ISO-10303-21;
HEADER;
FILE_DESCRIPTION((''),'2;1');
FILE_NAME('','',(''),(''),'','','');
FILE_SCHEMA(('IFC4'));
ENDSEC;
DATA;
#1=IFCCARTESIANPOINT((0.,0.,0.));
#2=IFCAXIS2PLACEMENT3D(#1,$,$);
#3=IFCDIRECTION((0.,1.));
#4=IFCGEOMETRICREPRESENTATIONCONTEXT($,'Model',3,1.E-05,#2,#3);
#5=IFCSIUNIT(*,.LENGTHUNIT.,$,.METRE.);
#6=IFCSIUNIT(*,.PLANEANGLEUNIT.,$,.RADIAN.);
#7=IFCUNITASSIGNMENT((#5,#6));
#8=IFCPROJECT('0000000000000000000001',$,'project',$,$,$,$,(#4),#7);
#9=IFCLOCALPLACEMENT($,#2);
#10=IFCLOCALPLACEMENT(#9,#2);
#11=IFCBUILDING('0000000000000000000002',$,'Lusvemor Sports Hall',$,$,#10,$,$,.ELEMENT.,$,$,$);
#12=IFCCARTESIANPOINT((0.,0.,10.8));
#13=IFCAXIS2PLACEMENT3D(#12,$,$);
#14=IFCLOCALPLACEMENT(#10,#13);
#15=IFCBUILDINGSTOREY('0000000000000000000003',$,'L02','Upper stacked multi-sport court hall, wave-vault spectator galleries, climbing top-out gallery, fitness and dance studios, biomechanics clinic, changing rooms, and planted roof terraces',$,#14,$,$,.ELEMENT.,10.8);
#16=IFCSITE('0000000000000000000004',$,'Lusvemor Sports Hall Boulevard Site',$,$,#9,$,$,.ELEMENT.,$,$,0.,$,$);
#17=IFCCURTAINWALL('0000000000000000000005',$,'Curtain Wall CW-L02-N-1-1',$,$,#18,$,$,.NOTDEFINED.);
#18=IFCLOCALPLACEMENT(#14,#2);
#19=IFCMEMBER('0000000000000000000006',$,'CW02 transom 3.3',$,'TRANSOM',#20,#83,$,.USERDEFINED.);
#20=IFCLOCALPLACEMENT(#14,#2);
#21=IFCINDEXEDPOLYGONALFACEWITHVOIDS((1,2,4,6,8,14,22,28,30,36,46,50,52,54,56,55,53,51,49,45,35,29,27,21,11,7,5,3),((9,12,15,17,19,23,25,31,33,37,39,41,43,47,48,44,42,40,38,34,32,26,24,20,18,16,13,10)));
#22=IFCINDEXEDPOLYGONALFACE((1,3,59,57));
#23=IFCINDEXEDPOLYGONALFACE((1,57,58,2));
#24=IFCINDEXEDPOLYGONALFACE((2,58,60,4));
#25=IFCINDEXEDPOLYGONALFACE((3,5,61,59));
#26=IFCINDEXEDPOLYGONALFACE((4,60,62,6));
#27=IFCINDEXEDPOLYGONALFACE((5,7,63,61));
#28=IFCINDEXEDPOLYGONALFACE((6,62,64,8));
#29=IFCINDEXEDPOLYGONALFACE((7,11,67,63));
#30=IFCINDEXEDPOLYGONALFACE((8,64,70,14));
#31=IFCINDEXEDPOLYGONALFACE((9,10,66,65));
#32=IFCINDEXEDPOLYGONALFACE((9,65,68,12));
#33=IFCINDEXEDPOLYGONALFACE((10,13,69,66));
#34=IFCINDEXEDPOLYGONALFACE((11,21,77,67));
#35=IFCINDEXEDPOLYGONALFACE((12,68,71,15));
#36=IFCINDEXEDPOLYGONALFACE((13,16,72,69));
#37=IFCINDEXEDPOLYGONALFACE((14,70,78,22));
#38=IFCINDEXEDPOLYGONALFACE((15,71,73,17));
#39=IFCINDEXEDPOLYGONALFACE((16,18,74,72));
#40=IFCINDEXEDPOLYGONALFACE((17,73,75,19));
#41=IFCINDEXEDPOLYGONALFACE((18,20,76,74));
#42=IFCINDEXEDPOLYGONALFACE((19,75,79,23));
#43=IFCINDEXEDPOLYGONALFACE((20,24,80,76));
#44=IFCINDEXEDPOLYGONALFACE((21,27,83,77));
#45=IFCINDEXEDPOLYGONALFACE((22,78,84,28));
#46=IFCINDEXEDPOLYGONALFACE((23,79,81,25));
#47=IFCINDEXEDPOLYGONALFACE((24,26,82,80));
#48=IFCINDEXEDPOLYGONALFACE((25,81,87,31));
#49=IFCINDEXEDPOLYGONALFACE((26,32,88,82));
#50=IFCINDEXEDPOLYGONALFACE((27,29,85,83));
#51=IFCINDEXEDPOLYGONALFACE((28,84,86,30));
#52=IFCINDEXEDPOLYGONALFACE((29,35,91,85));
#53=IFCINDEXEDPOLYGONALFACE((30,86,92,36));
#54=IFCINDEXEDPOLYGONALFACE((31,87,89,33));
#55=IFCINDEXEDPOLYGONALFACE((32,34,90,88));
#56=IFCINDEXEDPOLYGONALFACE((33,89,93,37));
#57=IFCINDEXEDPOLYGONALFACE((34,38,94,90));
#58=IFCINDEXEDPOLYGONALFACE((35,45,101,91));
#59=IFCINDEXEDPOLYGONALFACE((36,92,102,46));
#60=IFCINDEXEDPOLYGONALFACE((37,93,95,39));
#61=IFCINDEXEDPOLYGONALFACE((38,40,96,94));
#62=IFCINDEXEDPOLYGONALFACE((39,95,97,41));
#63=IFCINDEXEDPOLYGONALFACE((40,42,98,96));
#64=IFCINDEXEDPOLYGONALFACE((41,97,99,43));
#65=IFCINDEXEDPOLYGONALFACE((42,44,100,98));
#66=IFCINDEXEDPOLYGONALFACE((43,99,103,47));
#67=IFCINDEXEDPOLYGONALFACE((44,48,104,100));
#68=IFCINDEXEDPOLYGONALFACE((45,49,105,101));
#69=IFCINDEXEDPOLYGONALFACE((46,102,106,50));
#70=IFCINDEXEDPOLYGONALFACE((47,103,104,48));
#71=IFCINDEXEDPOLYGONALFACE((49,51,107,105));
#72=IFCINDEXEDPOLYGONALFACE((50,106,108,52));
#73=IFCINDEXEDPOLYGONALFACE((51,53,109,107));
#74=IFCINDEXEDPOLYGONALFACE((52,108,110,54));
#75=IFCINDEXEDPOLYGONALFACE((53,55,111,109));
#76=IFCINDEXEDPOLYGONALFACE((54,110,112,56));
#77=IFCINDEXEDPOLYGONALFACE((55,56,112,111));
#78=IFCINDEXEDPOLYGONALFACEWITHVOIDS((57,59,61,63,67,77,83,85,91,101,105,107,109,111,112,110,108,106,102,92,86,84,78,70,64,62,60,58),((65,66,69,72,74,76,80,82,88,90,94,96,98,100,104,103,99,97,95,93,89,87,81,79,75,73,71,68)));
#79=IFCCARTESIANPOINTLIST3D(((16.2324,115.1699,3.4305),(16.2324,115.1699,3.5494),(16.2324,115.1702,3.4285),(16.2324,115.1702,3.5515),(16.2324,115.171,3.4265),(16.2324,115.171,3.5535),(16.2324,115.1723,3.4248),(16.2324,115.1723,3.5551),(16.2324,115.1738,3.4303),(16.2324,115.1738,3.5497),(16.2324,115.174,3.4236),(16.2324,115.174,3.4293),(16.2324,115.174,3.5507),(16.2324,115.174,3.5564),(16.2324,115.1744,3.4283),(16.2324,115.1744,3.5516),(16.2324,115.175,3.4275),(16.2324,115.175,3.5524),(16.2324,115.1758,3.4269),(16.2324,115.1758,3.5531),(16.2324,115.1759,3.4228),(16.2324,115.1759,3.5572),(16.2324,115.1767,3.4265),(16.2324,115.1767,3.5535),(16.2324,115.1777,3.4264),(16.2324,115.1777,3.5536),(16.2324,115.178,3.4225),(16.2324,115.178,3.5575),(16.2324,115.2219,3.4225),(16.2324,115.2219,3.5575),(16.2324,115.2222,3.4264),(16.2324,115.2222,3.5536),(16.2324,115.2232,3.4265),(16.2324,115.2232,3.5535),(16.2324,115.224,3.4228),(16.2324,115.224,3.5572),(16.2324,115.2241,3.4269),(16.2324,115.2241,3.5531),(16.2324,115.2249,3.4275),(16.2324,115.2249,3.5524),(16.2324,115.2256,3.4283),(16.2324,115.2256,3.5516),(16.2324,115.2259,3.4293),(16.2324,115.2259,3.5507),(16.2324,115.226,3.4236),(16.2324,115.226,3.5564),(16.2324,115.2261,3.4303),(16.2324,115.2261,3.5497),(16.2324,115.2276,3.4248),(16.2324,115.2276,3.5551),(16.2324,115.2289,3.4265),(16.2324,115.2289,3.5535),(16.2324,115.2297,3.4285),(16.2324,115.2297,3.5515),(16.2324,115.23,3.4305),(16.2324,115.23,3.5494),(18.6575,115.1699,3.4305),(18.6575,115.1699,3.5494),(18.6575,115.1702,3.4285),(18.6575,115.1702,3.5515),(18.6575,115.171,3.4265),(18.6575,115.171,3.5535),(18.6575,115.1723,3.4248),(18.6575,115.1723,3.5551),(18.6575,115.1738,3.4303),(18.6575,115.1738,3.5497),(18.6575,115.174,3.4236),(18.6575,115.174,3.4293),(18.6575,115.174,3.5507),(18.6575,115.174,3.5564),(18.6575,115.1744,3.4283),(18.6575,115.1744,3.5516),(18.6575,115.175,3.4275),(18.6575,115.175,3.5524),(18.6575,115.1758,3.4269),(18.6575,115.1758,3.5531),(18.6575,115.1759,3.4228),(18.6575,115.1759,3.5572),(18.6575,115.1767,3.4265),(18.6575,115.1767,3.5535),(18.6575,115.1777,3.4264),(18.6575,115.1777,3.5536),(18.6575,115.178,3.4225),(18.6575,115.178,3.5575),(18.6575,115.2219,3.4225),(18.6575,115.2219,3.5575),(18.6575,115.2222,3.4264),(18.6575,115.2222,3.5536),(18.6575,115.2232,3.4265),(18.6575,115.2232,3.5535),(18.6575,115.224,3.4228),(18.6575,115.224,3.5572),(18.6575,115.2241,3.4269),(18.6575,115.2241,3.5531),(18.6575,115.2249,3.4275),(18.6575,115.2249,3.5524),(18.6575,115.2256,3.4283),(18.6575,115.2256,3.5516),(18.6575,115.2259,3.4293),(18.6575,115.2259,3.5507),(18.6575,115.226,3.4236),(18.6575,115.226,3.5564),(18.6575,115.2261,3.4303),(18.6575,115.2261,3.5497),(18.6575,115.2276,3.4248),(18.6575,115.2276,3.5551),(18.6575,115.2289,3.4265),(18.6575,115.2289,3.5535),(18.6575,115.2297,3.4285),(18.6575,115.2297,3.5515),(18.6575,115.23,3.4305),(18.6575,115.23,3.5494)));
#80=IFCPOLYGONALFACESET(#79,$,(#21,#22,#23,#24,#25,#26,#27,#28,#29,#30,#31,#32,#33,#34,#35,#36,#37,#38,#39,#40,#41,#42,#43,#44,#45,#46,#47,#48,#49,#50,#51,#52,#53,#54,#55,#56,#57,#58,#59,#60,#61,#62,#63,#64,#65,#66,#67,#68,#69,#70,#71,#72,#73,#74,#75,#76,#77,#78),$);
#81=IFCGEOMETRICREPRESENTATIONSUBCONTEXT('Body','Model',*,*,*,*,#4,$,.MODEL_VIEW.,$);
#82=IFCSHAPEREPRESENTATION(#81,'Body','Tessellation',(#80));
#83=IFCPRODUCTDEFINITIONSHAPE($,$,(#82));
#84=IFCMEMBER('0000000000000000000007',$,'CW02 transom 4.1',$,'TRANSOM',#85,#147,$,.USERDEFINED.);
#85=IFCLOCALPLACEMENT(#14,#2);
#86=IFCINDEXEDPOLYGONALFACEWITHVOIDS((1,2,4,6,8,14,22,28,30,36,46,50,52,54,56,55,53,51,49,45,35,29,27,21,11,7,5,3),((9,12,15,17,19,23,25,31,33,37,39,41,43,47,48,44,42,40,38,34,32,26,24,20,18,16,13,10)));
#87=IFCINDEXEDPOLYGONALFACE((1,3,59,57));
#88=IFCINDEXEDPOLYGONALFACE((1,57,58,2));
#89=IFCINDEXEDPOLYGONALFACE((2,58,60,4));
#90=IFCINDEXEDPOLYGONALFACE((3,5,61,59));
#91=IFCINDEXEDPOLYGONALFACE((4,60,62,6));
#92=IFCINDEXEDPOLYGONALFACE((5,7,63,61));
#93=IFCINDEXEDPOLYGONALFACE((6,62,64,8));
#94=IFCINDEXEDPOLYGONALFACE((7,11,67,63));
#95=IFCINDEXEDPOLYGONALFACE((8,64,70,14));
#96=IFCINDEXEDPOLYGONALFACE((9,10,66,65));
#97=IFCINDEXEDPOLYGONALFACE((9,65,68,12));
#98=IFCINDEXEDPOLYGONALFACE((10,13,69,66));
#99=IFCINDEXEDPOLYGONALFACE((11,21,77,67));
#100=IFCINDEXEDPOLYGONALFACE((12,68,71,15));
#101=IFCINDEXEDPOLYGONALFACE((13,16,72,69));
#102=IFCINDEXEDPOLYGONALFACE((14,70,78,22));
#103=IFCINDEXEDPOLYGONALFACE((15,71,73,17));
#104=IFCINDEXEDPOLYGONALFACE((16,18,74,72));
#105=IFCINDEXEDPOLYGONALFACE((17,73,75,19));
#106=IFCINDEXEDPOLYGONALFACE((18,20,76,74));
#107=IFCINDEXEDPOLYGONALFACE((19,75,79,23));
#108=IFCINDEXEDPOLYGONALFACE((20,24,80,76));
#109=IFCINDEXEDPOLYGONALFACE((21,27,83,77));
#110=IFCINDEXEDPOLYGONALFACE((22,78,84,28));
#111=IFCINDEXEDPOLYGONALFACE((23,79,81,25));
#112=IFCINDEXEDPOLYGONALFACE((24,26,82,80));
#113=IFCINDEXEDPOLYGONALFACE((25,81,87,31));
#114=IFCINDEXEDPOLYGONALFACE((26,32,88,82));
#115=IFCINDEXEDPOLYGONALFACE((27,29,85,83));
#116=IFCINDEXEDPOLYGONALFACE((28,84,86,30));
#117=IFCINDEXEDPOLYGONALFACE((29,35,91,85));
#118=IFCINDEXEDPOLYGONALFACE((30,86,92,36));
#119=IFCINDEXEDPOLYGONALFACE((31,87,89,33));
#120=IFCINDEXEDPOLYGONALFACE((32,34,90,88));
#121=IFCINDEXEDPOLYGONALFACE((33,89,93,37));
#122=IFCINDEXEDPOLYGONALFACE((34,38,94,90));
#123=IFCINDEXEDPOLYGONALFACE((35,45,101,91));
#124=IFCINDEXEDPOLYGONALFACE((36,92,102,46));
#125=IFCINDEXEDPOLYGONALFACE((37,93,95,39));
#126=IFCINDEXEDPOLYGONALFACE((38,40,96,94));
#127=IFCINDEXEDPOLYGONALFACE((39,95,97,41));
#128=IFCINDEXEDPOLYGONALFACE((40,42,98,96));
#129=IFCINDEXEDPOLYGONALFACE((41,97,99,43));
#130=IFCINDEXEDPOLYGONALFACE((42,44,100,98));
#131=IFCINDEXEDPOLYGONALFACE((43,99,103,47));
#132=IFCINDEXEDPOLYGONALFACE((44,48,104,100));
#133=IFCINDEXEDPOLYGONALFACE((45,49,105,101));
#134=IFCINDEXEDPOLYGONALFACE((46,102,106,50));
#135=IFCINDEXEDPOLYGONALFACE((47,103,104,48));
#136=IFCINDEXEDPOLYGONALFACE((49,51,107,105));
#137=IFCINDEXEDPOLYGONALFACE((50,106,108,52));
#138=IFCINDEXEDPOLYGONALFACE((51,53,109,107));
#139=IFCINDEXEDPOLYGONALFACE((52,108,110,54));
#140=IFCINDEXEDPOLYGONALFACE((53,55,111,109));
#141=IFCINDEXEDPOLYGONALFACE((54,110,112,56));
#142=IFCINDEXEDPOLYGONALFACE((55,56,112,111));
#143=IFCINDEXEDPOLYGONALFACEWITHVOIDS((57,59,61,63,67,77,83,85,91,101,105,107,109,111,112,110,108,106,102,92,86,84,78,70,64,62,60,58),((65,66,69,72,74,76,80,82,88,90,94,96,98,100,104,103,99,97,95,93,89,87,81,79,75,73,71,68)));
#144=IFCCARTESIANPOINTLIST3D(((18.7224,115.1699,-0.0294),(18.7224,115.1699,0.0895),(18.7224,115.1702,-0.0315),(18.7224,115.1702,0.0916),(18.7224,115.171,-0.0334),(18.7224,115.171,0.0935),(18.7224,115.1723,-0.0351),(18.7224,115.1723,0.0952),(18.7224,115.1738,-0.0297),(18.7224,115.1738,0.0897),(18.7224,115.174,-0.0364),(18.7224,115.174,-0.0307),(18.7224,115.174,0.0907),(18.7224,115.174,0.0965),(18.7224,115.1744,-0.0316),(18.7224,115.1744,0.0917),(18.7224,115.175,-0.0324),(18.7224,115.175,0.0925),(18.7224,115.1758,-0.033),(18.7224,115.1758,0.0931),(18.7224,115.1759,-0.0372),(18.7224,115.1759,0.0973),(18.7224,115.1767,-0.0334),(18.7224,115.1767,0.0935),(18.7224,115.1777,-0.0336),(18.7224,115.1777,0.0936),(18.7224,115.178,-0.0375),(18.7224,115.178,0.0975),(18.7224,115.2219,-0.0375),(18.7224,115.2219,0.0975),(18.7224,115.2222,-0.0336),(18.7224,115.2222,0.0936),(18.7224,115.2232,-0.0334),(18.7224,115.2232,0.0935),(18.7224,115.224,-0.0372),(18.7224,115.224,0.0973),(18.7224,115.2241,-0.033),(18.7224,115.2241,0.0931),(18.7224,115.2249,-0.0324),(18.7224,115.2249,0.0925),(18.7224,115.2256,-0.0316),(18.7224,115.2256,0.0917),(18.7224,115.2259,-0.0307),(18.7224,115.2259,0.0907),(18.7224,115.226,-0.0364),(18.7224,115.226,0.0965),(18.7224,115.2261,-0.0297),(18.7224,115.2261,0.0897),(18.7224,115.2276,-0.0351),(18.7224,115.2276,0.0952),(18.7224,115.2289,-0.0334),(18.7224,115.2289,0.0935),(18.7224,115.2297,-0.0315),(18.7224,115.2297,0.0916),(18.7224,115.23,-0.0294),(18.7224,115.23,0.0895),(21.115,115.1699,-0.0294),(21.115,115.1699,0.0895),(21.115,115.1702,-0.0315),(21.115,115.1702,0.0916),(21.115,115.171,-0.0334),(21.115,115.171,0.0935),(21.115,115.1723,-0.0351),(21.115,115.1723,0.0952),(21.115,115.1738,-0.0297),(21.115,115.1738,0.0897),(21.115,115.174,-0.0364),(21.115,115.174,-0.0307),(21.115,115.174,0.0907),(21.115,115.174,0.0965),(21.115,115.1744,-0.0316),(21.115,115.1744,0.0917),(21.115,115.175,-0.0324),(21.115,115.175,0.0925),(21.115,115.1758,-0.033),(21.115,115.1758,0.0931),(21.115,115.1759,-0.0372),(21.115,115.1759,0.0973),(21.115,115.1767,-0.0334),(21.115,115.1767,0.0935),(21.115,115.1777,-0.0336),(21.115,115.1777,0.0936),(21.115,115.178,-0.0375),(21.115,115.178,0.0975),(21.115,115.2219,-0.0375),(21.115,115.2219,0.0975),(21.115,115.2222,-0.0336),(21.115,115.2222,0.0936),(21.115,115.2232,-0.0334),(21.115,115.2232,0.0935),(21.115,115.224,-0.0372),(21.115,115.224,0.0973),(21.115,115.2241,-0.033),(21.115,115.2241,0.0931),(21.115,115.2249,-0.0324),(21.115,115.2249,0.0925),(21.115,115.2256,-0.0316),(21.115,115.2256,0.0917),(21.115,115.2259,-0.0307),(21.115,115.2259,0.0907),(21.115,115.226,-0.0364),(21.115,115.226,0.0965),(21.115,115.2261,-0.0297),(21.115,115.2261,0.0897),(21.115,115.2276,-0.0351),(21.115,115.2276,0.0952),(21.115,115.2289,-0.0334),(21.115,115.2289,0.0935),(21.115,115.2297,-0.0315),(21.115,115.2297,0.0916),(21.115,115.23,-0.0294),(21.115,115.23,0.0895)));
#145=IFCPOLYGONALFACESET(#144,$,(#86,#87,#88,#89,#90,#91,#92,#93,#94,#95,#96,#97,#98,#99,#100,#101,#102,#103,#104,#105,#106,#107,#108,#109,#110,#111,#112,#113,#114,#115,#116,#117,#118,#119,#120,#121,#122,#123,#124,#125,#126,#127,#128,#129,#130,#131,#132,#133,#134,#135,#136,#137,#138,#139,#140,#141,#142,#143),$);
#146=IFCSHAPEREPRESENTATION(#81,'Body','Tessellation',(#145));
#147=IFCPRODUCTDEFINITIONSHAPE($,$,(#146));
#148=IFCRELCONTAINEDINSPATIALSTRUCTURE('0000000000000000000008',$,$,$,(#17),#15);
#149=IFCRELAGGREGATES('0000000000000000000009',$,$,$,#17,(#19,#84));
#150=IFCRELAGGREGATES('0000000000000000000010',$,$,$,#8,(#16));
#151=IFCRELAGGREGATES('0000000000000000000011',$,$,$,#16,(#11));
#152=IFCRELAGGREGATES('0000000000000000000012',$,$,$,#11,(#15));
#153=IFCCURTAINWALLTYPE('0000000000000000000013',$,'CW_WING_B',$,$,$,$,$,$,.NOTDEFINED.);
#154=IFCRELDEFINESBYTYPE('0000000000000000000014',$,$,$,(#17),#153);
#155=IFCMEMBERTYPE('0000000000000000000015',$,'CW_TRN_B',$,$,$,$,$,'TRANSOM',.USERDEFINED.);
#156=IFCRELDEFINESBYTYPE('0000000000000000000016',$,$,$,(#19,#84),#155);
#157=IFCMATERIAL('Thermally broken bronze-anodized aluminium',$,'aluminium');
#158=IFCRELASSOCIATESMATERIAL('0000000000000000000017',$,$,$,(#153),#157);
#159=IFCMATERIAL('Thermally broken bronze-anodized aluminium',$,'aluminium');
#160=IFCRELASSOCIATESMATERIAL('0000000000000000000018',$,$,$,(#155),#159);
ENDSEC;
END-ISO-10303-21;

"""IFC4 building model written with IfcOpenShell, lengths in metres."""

from ifc_helpers import new_model, si_unit, direction, frame, origin, origin_2d, place, context, subcontext, project, spatial, hollow_rectangle, extrude, material, material_profile, profile_set, type_object, element, aggregate, save


model = new_model("IFC4")

# Units and contexts
model_context = context("Model", 3, precision=1e-05, world=origin(), true_north=direction((0.0, 1.0)))
body_context = subcontext(model_context, "Body", "Model", "MODEL_VIEW")
ifc_project = project(units=[si_unit("LENGTHUNIT", "METRE"), si_unit("PLANEANGLEUNIT", "RADIAN")], contexts=[model_context])

# Site, building, storey
site_placement = place(None, origin())
site = spatial("IfcSite", under=ifc_project, at=site_placement, Name="Lusvemor Sports Hall Boulevard Site", CompositionType="ELEMENT", RefElevation=0.0)
building_placement = place(site_placement, origin())
building = spatial("IfcBuilding", under=site, at=building_placement, Name="Lusvemor Sports Hall", CompositionType="ELEMENT")
storey_placement = place(building_placement, frame((0.0, 0.0, 10.8)))
storey = spatial("IfcBuildingStorey", under=building, at=storey_placement, Name="L02", Description="Upper stacked multi-sport court hall, wave-vault spectator galleries, climbing top-out gallery, fitness and dance studios, biomechanics clinic, changing rooms, and planted roof terraces", CompositionType="ELEMENT", Elevation=10.8)

# Curtain wall, members
ifc_material_1 = material(Name="Thermally broken bronze-anodized aluminium", Category="aluminium")
curtain_wall_type = type_object("IfcCurtainWallType", Name="CW_WING_B", PredefinedType="NOTDEFINED", material=ifc_material_1)
curtain_wall_placement = place(storey_placement, origin())
curtain_wall = element("IfcCurtainWall", 1, at=curtain_wall_placement, inside=storey, type_object=curtain_wall_type, Name="Curtain Wall CW-L02-N-1-1", PredefinedType="NOTDEFINED")
ifc_material_2 = material(Name="Thermally broken bronze-anodized aluminium", Category="aluminium")
ifc_material_profile_1 = material_profile(ifc_material_2, hollow_rectangle(XDim=0.0601, YDim=0.135, WallThickness=0.0039, InnerFilletRadius=0.0039, OuterFilletRadius=0.0081, at=origin_2d()), Name="CWTRN135x60x4")
ifc_profile_set_1 = profile_set([ifc_material_profile_1], Name="Thermally broken bronze-anodized aluminium")
member_type_1 = type_object("IfcMemberType", Name="CW_TRN_B", ElementType="TRANSOM", PredefinedType="USERDEFINED", material=ifc_profile_set_1)
member_1_placement = place(storey_placement, frame((16.2324, 115.2, 3.49), z_axis=(1.0, 0.0, 0.0), x_axis=(0.0, 1.0, 0.0)))
member_1 = element("IfcMember", 2, at=member_1_placement, type_object=member_type_1, Name="CW02 transom 3.3", ObjectType="TRANSOM", PredefinedType="USERDEFINED", context=body_context, shape_type="SweptSolid", body=[
    extrude(hollow_rectangle(XDim=0.0601, YDim=0.135, WallThickness=0.0039, InnerFilletRadius=0.0039, OuterFilletRadius=0.0081, at=origin_2d()), origin(), (0.0, 0.0, 1.0), 2.425),
])
member_2_placement = place(storey_placement, frame((18.7224, 115.2, 0.03), z_axis=(1.0, 0.0, 0.0), x_axis=(0.0, 1.0, 0.0)))
member_2 = element("IfcMember", 3, at=member_2_placement, type_object=member_type_1, Name="CW02 transom 4.1", ObjectType="TRANSOM", PredefinedType="USERDEFINED", context=body_context, shape_type="SweptSolid", body=[
    extrude(hollow_rectangle(XDim=0.0601, YDim=0.135, WallThickness=0.0039, InnerFilletRadius=0.0039, OuterFilletRadius=0.0081, at=origin_2d()), origin(), (0.0, 0.0, 1.0), 2.3926),
])
aggregate(curtain_wall, [member_1, member_2])

save(model, "model.ifc")
